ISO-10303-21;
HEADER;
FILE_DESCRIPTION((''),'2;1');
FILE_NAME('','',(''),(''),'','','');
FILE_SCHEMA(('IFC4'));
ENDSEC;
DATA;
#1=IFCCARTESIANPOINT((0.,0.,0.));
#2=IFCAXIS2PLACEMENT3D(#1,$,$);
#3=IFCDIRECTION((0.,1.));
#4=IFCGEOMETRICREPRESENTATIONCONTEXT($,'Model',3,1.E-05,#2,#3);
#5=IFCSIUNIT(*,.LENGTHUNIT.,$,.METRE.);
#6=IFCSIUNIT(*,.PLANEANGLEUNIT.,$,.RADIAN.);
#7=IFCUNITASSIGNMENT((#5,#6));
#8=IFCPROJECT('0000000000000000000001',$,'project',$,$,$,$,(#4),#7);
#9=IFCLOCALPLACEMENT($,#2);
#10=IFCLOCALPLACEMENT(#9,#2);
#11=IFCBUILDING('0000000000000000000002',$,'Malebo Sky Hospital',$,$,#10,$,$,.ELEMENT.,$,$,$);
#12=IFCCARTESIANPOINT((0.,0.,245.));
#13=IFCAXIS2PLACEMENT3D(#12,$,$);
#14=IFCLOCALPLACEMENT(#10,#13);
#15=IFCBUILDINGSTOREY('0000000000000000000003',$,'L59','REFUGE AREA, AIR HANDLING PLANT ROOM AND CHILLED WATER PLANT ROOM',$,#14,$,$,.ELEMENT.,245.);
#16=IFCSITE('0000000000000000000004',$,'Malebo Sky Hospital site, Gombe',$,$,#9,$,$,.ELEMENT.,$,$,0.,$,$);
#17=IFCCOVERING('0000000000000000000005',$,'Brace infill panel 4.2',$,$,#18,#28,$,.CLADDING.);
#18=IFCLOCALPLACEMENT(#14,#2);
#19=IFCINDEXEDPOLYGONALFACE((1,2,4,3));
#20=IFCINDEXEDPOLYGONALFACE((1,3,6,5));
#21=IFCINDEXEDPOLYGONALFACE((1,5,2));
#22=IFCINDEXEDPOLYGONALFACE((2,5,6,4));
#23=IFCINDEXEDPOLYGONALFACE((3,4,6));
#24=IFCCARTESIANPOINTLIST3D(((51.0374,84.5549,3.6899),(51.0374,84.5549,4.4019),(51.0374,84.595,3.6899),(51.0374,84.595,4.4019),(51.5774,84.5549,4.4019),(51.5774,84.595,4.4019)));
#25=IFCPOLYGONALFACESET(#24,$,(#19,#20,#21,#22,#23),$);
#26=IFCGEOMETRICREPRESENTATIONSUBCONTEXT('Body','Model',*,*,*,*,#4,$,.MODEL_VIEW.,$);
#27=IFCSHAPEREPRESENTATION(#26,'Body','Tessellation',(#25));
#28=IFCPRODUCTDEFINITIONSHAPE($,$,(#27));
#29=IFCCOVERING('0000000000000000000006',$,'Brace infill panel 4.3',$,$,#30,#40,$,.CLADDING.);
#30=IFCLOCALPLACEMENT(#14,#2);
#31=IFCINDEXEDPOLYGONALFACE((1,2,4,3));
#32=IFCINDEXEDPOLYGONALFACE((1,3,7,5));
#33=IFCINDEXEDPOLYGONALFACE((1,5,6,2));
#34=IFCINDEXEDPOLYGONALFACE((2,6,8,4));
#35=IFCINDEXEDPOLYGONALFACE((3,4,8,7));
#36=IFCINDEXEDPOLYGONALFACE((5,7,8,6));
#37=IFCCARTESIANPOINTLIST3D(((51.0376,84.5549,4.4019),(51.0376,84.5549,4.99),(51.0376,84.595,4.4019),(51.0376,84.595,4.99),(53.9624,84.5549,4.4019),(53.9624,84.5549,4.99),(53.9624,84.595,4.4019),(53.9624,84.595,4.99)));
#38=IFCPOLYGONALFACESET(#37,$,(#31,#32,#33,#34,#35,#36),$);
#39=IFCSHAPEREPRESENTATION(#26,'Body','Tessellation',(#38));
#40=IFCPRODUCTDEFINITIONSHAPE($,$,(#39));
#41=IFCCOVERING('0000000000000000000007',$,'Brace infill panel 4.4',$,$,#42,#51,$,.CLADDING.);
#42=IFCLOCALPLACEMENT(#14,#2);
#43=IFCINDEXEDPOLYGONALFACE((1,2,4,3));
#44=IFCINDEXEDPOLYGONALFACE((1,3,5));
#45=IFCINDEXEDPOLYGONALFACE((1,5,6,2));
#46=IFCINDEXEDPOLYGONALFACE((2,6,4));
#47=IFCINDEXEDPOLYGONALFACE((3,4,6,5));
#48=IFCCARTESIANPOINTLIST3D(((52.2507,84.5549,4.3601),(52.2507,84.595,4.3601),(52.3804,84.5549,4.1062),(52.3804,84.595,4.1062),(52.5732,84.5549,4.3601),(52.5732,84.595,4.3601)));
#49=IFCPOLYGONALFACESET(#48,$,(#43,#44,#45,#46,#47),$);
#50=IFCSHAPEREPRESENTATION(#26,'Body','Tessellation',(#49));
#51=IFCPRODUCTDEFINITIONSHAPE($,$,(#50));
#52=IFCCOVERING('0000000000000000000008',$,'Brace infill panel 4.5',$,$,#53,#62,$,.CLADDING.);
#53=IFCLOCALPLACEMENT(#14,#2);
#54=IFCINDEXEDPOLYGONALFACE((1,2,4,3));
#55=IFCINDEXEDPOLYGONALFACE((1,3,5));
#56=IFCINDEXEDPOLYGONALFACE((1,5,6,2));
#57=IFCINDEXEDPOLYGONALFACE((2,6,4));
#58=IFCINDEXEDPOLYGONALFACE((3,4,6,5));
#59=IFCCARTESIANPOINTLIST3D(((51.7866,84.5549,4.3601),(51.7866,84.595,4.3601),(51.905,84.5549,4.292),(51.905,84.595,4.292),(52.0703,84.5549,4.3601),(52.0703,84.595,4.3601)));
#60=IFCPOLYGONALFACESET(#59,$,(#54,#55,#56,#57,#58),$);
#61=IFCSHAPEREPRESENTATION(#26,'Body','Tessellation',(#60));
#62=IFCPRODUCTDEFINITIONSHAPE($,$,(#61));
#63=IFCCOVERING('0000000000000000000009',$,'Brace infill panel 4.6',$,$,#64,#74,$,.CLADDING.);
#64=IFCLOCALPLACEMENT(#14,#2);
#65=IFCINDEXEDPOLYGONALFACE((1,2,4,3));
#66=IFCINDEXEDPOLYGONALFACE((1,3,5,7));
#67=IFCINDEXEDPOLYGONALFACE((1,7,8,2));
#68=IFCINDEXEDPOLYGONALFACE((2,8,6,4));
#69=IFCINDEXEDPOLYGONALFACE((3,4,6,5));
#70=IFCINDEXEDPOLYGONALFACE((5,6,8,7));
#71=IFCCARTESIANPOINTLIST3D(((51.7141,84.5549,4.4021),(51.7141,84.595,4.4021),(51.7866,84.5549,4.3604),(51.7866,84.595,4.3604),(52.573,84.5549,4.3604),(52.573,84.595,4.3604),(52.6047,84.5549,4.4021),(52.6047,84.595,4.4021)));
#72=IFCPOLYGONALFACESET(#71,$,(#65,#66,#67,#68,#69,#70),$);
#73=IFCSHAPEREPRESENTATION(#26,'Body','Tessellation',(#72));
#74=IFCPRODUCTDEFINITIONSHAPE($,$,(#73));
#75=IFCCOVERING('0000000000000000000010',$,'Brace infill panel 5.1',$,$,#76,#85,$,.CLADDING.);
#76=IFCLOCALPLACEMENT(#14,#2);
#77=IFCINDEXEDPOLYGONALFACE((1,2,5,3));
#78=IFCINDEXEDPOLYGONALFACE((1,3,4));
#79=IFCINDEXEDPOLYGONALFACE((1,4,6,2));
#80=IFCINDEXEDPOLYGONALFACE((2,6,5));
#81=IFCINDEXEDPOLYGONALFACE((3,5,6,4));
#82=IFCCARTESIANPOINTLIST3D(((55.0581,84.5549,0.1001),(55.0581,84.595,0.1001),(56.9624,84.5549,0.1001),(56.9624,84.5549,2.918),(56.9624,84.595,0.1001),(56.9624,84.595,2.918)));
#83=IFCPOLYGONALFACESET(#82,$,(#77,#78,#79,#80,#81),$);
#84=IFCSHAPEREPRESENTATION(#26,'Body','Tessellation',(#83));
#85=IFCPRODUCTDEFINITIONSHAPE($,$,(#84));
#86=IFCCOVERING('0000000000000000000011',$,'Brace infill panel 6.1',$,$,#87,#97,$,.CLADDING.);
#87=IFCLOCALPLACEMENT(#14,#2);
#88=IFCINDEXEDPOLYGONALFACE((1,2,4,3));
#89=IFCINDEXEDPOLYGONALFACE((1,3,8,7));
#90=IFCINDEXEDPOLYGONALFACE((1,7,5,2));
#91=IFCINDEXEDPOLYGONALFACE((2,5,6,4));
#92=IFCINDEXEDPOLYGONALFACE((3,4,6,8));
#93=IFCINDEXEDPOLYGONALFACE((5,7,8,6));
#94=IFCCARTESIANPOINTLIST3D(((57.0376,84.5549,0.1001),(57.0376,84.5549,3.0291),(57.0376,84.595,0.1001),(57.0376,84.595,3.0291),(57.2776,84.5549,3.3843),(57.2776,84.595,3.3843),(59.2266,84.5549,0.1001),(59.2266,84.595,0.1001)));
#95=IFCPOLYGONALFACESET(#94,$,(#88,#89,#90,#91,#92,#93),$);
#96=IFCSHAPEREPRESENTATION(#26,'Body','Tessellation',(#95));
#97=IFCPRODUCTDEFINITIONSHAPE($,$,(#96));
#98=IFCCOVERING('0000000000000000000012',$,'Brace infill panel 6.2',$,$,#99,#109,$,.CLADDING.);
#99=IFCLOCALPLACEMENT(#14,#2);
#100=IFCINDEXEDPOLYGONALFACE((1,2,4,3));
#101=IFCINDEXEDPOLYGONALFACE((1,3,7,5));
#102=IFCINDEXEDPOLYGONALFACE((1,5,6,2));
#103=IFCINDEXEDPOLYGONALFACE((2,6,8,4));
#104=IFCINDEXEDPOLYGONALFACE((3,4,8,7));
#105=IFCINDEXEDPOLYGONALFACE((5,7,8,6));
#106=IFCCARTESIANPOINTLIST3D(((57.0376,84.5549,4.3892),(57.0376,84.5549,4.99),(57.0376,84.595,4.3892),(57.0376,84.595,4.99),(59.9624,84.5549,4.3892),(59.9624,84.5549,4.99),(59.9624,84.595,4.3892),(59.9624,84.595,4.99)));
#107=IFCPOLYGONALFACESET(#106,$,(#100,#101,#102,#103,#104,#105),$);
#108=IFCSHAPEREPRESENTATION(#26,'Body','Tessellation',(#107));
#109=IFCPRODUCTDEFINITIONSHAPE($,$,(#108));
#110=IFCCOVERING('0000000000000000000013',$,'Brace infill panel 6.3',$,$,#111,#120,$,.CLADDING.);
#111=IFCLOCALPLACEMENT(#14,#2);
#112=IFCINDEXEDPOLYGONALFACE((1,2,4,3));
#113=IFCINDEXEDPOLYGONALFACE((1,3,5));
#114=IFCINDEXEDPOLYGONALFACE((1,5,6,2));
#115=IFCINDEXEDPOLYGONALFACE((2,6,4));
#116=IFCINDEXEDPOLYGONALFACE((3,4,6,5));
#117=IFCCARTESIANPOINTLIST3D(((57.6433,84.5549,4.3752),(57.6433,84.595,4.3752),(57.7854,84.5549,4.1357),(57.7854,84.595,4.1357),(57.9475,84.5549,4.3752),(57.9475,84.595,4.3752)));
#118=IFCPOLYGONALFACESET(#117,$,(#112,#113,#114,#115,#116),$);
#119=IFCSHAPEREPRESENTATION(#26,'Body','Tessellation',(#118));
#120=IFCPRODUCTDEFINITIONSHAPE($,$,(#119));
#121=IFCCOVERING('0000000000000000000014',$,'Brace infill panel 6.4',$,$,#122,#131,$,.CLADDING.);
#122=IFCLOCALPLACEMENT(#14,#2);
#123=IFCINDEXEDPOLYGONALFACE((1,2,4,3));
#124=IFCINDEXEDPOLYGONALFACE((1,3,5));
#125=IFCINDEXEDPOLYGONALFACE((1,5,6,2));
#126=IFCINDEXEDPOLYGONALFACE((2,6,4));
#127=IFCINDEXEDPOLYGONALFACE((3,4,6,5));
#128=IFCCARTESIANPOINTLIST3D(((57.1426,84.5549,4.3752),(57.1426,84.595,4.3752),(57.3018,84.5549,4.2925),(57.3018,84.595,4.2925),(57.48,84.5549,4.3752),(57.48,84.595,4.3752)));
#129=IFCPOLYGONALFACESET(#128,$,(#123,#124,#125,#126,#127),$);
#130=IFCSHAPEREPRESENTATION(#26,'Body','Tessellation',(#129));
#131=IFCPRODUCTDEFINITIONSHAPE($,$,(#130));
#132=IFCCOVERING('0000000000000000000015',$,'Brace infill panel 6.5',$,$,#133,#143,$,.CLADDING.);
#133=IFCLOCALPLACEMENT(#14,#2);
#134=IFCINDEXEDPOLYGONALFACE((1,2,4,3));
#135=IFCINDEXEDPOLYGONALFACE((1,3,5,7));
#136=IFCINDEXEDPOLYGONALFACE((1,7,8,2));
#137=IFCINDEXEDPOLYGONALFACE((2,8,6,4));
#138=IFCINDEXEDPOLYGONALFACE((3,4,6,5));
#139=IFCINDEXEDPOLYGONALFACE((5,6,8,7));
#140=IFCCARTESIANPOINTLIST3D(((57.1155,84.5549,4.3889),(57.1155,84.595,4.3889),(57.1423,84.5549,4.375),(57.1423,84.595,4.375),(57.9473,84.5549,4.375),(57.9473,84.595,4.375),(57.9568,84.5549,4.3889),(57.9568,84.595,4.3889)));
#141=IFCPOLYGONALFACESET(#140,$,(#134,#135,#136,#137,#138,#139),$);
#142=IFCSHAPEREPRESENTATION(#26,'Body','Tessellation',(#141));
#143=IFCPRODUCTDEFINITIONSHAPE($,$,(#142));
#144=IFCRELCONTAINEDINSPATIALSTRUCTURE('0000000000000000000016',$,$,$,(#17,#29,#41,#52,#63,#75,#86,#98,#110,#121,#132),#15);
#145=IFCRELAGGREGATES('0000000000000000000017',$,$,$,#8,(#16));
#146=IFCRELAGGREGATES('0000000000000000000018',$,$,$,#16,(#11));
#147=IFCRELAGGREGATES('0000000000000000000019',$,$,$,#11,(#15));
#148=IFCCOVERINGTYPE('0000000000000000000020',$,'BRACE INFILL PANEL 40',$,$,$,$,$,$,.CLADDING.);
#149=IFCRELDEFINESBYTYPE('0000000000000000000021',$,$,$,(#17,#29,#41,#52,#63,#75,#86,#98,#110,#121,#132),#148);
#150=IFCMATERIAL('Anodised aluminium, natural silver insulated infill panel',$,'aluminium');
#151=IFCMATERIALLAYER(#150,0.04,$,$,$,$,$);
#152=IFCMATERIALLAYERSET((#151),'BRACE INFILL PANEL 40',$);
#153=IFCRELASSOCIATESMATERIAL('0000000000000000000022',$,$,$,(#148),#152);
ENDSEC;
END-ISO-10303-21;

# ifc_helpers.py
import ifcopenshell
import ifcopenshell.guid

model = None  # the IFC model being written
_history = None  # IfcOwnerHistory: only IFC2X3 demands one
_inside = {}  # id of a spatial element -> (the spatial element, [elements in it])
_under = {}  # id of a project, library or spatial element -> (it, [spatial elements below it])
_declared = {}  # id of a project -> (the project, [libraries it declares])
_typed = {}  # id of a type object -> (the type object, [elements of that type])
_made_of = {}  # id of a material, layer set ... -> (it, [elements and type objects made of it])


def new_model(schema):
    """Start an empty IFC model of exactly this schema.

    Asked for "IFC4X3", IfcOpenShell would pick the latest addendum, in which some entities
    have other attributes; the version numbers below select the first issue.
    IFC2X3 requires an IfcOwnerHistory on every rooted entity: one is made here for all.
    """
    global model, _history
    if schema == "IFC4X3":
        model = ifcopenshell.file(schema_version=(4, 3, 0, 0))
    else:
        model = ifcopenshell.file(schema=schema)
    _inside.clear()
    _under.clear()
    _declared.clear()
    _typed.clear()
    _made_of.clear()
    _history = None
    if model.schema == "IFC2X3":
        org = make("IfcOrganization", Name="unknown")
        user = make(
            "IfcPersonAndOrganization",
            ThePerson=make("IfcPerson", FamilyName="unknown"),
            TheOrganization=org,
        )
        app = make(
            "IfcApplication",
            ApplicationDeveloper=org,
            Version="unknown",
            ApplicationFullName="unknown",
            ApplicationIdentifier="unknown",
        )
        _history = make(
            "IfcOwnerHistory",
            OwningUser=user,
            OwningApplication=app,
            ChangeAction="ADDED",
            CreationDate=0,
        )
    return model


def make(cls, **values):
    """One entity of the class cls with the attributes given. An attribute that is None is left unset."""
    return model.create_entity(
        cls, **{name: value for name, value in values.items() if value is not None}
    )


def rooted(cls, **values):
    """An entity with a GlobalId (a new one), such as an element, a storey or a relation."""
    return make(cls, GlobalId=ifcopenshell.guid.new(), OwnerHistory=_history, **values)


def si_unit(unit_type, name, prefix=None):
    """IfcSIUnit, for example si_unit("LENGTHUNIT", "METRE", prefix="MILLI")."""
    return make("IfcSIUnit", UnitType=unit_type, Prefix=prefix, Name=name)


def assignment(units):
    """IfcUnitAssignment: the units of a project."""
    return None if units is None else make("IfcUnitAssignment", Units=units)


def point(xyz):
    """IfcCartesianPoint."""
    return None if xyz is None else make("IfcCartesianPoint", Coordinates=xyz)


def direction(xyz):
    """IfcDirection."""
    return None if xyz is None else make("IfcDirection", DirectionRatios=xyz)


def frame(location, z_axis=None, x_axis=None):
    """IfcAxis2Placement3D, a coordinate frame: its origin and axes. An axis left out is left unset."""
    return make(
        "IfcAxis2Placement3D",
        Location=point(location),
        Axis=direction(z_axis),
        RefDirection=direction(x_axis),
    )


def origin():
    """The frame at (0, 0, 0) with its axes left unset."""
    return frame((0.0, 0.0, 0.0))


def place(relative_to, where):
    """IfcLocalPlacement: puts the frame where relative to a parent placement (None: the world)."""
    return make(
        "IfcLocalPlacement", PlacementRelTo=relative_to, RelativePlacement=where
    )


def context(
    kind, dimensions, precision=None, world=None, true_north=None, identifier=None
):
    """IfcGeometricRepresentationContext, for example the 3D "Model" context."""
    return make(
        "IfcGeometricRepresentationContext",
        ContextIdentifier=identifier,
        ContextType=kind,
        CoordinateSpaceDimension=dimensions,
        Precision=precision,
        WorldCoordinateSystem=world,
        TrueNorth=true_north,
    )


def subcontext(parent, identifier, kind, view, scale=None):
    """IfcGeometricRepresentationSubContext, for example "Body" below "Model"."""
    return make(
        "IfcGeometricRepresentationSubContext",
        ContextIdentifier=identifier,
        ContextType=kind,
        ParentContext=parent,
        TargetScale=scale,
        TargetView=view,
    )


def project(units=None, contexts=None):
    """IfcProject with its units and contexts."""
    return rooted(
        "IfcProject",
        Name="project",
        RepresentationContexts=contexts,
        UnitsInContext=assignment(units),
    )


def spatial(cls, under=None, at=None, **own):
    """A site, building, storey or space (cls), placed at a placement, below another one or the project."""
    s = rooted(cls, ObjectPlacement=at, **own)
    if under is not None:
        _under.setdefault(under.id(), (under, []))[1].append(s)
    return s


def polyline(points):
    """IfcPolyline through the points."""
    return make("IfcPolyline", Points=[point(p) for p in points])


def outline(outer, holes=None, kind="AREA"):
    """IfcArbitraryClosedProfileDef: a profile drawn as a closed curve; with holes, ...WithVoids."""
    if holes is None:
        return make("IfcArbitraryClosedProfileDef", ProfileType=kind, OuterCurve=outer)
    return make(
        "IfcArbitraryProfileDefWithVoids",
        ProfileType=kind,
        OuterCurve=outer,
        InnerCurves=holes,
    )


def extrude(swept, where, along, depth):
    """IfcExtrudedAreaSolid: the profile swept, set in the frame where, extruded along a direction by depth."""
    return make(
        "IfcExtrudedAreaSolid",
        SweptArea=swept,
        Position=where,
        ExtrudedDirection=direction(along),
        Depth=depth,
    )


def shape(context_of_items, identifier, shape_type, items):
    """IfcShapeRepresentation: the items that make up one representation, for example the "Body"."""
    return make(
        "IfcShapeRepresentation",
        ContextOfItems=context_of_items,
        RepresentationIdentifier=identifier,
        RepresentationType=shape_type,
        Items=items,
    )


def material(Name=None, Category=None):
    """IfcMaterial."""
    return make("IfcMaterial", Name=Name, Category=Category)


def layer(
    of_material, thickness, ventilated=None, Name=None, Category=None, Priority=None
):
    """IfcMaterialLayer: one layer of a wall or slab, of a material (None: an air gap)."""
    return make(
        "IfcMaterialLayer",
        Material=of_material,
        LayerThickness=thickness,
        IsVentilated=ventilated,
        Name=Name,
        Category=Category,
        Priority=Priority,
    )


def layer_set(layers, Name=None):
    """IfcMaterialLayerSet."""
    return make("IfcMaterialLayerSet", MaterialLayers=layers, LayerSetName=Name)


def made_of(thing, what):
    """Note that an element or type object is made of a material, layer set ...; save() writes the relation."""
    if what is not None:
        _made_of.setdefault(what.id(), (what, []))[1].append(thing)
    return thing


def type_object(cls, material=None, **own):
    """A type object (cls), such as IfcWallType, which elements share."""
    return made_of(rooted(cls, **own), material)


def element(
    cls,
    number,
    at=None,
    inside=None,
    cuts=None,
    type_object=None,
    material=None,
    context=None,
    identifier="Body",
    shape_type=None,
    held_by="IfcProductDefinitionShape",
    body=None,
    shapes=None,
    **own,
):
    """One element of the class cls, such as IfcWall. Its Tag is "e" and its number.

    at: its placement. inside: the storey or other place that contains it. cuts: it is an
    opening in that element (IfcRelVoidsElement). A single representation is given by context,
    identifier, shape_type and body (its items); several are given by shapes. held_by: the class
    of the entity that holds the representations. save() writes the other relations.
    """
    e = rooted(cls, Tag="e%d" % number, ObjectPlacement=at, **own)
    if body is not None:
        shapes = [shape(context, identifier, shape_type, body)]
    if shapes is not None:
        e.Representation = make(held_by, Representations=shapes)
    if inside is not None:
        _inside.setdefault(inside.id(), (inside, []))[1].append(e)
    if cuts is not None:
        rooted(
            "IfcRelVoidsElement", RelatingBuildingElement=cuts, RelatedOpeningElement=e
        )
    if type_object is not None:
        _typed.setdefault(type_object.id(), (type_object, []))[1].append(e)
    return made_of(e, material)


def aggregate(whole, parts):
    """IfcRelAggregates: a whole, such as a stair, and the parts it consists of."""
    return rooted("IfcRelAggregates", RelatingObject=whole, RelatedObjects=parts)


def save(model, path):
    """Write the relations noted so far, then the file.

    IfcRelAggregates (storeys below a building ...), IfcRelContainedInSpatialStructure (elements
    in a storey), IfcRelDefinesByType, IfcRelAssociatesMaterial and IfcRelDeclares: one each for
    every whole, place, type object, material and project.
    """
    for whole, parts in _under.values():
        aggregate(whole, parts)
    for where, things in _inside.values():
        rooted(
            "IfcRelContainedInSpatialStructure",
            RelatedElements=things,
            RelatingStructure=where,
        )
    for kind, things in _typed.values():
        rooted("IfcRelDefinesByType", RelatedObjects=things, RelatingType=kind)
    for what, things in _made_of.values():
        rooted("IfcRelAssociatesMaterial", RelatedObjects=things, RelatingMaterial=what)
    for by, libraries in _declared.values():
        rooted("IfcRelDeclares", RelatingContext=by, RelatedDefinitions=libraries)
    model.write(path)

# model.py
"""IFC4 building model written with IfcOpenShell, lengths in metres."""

from ifc_helpers import new_model, si_unit, direction, frame, origin, place, context, subcontext, project, spatial, polyline, outline, extrude, material, layer, layer_set, type_object, element, save


model = new_model("IFC4")

# Units and contexts
model_context = context("Model", 3, precision=1e-05, world=origin(), true_north=direction((0.0, 1.0)))
body_context = subcontext(model_context, "Body", "Model", "MODEL_VIEW")
ifc_project = project(units=[si_unit("LENGTHUNIT", "METRE"), si_unit("PLANEANGLEUNIT", "RADIAN")], contexts=[model_context])

# Site, building, storey
site_placement = place(None, origin())
site = spatial("IfcSite", under=ifc_project, at=site_placement, Name="Malebo Sky Hospital site, Gombe", CompositionType="ELEMENT", RefElevation=0.0)
building_placement = place(site_placement, origin())
building = spatial("IfcBuilding", under=site, at=building_placement, Name="Malebo Sky Hospital", CompositionType="ELEMENT")
storey_placement = place(building_placement, frame((0.0, 0.0, 245.0)))
storey = spatial("IfcBuildingStorey", under=building, at=storey_placement, Name="L59", Description="REFUGE AREA, AIR HANDLING PLANT ROOM AND CHILLED WATER PLANT ROOM", CompositionType="ELEMENT", Elevation=245.0)

# Coverings
ifc_material_1 = material(Name="Anodised aluminium, natural silver insulated infill panel", Category="aluminium")
ifc_layer_1 = layer(ifc_material_1, 0.04)
ifc_layer_set_1 = layer_set([ifc_layer_1], Name="BRACE INFILL PANEL 40")
covering_type = type_object("IfcCoveringType", Name="BRACE INFILL PANEL 40", PredefinedType="CLADDING", material=ifc_layer_set_1)
covering_1_placement = place(storey_placement, frame((51.3074, 84.575, 3.6899), z_axis=(0.0, 0.0, 1.0), x_axis=(1.0, 0.0, 0.0)))
element("IfcCovering", 1, at=covering_1_placement, inside=storey, type_object=covering_type, Name="Brace infill panel 4.2", PredefinedType="CLADDING", context=body_context, shape_type="SweptSolid", body=[
    extrude(outline(polyline([(-0.27, 0.0), (0.27, 0.7119), (-0.27, 0.7119), (-0.27, 0.0)])), frame((0.0, 0.02, 0.0), z_axis=(0.0, -1.0, 0.0), x_axis=(1.0, 0.0, 0.0)), (0.0, 0.0, 1.0), 0.04),
])
covering_2_placement = place(storey_placement, frame((52.5, 84.575, 4.4019), z_axis=(0.0, 0.0, 1.0), x_axis=(1.0, 0.0, 0.0)))
element("IfcCovering", 2, at=covering_2_placement, inside=storey, type_object=covering_type, Name="Brace infill panel 4.3", PredefinedType="CLADDING", context=body_context, shape_type="SweptSolid", body=[
    extrude(outline(polyline([(-1.4624, 0.0), (1.4624, 0.0), (1.4624, 0.5881), (-1.4624, 0.5881), (-1.4624, 0.0)])), frame((0.0, 0.02, 0.0), z_axis=(0.0, -1.0, 0.0), x_axis=(1.0, 0.0, 0.0)), (0.0, 0.0, 1.0), 0.04),
])
covering_3_placement = place(storey_placement, frame((52.4119, 84.575, 4.1062), z_axis=(0.0, 0.0, 1.0), x_axis=(1.0, 0.0, 0.0)))
element("IfcCovering", 3, at=covering_3_placement, inside=storey, type_object=covering_type, Name="Brace infill panel 4.4", PredefinedType="CLADDING", context=body_context, shape_type="SweptSolid", body=[
    extrude(outline(polyline([(-0.0315, 0.0), (0.1614, 0.2539), (-0.1611, 0.2539), (-0.0315, 0.0)])), frame((0.0, 0.02, 0.0), z_axis=(0.0, -1.0, 0.0), x_axis=(1.0, 0.0, 0.0)), (0.0, 0.0, 1.0), 0.04),
])
covering_4_placement = place(storey_placement, frame((51.9285, 84.575, 4.292), z_axis=(0.0, 0.0, 1.0), x_axis=(1.0, 0.0, 0.0)))
element("IfcCovering", 4, at=covering_4_placement, inside=storey, type_object=covering_type, Name="Brace infill panel 4.5", PredefinedType="CLADDING", context=body_context, shape_type="SweptSolid", body=[
    extrude(outline(polyline([(-0.0234, 0.0), (0.1418, 0.0681), (-0.1418, 0.0681), (-0.0234, 0.0)])), frame((0.0, 0.02, 0.0), z_axis=(0.0, -1.0, 0.0), x_axis=(1.0, 0.0, 0.0)), (0.0, 0.0, 1.0), 0.04),
])
covering_5_placement = place(storey_placement, frame((52.1594, 84.575, 4.3604), z_axis=(0.0, 0.0, 1.0), x_axis=(1.0, 0.0, 0.0)))
element("IfcCovering", 5, at=covering_5_placement, inside=storey, type_object=covering_type, Name="Brace infill panel 4.6", PredefinedType="CLADDING", context=body_context, shape_type="SweptSolid", body=[
    extrude(outline(polyline([(-0.3728, 0.0), (0.4136, 0.0), (0.4453, 0.0417), (-0.4453, 0.0417), (-0.3728, 0.0)])), frame((0.0, 0.02, 0.0), z_axis=(0.0, -1.0, 0.0), x_axis=(1.0, 0.0, 0.0)), (0.0, 0.0, 1.0), 0.04),
])
covering_6_placement = place(storey_placement, frame((56.0103, 84.575, 0.1001), z_axis=(0.0, 0.0, 1.0), x_axis=(1.0, 0.0, 0.0)))
element("IfcCovering", 6, at=covering_6_placement, inside=storey, type_object=covering_type, Name="Brace infill panel 5.1", PredefinedType="CLADDING", context=body_context, shape_type="SweptSolid", body=[
    extrude(outline(polyline([(-0.9521, 0.0), (0.9521, 0.0), (0.9521, 2.8179), (-0.9521, 0.0)])), frame((0.0, 0.02, 0.0), z_axis=(0.0, -1.0, 0.0), x_axis=(1.0, 0.0, 0.0)), (0.0, 0.0, 1.0), 0.04),
])
covering_7_placement = place(storey_placement, frame((58.1321, 84.575, 0.1001), z_axis=(0.0, 0.0, 1.0), x_axis=(1.0, 0.0, 0.0)))
element("IfcCovering", 7, at=covering_7_placement, inside=storey, type_object=covering_type, Name="Brace infill panel 6.1", PredefinedType="CLADDING", context=body_context, shape_type="SweptSolid", body=[
    extrude(outline(polyline([(-1.0945, 0.0), (1.0945, 0.0), (-0.8545, 3.2842), (-1.0945, 2.929), (-1.0945, 0.0)])), frame((0.0, 0.02, 0.0), z_axis=(0.0, -1.0, 0.0), x_axis=(1.0, 0.0, 0.0)), (0.0, 0.0, 1.0), 0.04),
])
covering_8_placement = place(storey_placement, frame((58.5, 84.575, 4.3892), z_axis=(0.0, 0.0, 1.0), x_axis=(1.0, 0.0, 0.0)))
element("IfcCovering", 8, at=covering_8_placement, inside=storey, type_object=covering_type, Name="Brace infill panel 6.2", PredefinedType="CLADDING", context=body_context, shape_type="SweptSolid", body=[
    extrude(outline(polyline([(-1.4624, 0.0), (1.4624, 0.0), (1.4624, 0.6008), (-1.4624, 0.6008), (-1.4624, 0.0)])), frame((0.0, 0.02, 0.0), z_axis=(0.0, -1.0, 0.0), x_axis=(1.0, 0.0, 0.0)), (0.0, 0.0, 1.0), 0.04),
])
covering_9_placement = place(storey_placement, frame((57.7954, 84.575, 4.1357), z_axis=(0.0, 0.0, 1.0), x_axis=(1.0, 0.0, 0.0)))
element("IfcCovering", 9, at=covering_9_placement, inside=storey, type_object=covering_type, Name="Brace infill panel 6.3", PredefinedType="CLADDING", context=body_context, shape_type="SweptSolid", body=[
    extrude(outline(polyline([(-0.01, 0.0), (0.1521, 0.2395), (-0.1521, 0.2395), (-0.01, 0.0)])), frame((0.0, 0.02, 0.0), z_axis=(0.0, -1.0, 0.0), x_axis=(1.0, 0.0, 0.0)), (0.0, 0.0, 1.0), 0.04),
])
covering_10_placement = place(storey_placement, frame((57.3113, 84.575, 4.2925), z_axis=(0.0, 0.0, 1.0), x_axis=(1.0, 0.0, 0.0)))
element("IfcCovering", 10, at=covering_10_placement, inside=storey, type_object=covering_type, Name="Brace infill panel 6.4", PredefinedType="CLADDING", context=body_context, shape_type="SweptSolid", body=[
    extrude(outline(polyline([(-0.0095, 0.0), (0.1687, 0.0828), (-0.1687, 0.0828), (-0.0095, 0.0)])), frame((0.0, 0.02, 0.0), z_axis=(0.0, -1.0, 0.0), x_axis=(1.0, 0.0, 0.0)), (0.0, 0.0, 1.0), 0.04),
])
covering_11_placement = place(storey_placement, frame((57.5361, 84.575, 4.375), z_axis=(0.0, 0.0, 1.0), x_axis=(1.0, 0.0, 0.0)))
element("IfcCovering", 11, at=covering_11_placement, inside=storey, type_object=covering_type, Name="Brace infill panel 6.5", PredefinedType="CLADDING", context=body_context, shape_type="SweptSolid", body=[
    extrude(outline(polyline([(-0.3938, 0.0), (0.4111, 0.0), (0.4207, 0.0139), (-0.4207, 0.0139), (-0.3938, 0.0)])), frame((0.0, 0.02, 0.0), z_axis=(0.0, -1.0, 0.0), x_axis=(1.0, 0.0, 0.0)), (0.0, 0.0, 1.0), 0.04),
])

save(model, "model.ifc")
